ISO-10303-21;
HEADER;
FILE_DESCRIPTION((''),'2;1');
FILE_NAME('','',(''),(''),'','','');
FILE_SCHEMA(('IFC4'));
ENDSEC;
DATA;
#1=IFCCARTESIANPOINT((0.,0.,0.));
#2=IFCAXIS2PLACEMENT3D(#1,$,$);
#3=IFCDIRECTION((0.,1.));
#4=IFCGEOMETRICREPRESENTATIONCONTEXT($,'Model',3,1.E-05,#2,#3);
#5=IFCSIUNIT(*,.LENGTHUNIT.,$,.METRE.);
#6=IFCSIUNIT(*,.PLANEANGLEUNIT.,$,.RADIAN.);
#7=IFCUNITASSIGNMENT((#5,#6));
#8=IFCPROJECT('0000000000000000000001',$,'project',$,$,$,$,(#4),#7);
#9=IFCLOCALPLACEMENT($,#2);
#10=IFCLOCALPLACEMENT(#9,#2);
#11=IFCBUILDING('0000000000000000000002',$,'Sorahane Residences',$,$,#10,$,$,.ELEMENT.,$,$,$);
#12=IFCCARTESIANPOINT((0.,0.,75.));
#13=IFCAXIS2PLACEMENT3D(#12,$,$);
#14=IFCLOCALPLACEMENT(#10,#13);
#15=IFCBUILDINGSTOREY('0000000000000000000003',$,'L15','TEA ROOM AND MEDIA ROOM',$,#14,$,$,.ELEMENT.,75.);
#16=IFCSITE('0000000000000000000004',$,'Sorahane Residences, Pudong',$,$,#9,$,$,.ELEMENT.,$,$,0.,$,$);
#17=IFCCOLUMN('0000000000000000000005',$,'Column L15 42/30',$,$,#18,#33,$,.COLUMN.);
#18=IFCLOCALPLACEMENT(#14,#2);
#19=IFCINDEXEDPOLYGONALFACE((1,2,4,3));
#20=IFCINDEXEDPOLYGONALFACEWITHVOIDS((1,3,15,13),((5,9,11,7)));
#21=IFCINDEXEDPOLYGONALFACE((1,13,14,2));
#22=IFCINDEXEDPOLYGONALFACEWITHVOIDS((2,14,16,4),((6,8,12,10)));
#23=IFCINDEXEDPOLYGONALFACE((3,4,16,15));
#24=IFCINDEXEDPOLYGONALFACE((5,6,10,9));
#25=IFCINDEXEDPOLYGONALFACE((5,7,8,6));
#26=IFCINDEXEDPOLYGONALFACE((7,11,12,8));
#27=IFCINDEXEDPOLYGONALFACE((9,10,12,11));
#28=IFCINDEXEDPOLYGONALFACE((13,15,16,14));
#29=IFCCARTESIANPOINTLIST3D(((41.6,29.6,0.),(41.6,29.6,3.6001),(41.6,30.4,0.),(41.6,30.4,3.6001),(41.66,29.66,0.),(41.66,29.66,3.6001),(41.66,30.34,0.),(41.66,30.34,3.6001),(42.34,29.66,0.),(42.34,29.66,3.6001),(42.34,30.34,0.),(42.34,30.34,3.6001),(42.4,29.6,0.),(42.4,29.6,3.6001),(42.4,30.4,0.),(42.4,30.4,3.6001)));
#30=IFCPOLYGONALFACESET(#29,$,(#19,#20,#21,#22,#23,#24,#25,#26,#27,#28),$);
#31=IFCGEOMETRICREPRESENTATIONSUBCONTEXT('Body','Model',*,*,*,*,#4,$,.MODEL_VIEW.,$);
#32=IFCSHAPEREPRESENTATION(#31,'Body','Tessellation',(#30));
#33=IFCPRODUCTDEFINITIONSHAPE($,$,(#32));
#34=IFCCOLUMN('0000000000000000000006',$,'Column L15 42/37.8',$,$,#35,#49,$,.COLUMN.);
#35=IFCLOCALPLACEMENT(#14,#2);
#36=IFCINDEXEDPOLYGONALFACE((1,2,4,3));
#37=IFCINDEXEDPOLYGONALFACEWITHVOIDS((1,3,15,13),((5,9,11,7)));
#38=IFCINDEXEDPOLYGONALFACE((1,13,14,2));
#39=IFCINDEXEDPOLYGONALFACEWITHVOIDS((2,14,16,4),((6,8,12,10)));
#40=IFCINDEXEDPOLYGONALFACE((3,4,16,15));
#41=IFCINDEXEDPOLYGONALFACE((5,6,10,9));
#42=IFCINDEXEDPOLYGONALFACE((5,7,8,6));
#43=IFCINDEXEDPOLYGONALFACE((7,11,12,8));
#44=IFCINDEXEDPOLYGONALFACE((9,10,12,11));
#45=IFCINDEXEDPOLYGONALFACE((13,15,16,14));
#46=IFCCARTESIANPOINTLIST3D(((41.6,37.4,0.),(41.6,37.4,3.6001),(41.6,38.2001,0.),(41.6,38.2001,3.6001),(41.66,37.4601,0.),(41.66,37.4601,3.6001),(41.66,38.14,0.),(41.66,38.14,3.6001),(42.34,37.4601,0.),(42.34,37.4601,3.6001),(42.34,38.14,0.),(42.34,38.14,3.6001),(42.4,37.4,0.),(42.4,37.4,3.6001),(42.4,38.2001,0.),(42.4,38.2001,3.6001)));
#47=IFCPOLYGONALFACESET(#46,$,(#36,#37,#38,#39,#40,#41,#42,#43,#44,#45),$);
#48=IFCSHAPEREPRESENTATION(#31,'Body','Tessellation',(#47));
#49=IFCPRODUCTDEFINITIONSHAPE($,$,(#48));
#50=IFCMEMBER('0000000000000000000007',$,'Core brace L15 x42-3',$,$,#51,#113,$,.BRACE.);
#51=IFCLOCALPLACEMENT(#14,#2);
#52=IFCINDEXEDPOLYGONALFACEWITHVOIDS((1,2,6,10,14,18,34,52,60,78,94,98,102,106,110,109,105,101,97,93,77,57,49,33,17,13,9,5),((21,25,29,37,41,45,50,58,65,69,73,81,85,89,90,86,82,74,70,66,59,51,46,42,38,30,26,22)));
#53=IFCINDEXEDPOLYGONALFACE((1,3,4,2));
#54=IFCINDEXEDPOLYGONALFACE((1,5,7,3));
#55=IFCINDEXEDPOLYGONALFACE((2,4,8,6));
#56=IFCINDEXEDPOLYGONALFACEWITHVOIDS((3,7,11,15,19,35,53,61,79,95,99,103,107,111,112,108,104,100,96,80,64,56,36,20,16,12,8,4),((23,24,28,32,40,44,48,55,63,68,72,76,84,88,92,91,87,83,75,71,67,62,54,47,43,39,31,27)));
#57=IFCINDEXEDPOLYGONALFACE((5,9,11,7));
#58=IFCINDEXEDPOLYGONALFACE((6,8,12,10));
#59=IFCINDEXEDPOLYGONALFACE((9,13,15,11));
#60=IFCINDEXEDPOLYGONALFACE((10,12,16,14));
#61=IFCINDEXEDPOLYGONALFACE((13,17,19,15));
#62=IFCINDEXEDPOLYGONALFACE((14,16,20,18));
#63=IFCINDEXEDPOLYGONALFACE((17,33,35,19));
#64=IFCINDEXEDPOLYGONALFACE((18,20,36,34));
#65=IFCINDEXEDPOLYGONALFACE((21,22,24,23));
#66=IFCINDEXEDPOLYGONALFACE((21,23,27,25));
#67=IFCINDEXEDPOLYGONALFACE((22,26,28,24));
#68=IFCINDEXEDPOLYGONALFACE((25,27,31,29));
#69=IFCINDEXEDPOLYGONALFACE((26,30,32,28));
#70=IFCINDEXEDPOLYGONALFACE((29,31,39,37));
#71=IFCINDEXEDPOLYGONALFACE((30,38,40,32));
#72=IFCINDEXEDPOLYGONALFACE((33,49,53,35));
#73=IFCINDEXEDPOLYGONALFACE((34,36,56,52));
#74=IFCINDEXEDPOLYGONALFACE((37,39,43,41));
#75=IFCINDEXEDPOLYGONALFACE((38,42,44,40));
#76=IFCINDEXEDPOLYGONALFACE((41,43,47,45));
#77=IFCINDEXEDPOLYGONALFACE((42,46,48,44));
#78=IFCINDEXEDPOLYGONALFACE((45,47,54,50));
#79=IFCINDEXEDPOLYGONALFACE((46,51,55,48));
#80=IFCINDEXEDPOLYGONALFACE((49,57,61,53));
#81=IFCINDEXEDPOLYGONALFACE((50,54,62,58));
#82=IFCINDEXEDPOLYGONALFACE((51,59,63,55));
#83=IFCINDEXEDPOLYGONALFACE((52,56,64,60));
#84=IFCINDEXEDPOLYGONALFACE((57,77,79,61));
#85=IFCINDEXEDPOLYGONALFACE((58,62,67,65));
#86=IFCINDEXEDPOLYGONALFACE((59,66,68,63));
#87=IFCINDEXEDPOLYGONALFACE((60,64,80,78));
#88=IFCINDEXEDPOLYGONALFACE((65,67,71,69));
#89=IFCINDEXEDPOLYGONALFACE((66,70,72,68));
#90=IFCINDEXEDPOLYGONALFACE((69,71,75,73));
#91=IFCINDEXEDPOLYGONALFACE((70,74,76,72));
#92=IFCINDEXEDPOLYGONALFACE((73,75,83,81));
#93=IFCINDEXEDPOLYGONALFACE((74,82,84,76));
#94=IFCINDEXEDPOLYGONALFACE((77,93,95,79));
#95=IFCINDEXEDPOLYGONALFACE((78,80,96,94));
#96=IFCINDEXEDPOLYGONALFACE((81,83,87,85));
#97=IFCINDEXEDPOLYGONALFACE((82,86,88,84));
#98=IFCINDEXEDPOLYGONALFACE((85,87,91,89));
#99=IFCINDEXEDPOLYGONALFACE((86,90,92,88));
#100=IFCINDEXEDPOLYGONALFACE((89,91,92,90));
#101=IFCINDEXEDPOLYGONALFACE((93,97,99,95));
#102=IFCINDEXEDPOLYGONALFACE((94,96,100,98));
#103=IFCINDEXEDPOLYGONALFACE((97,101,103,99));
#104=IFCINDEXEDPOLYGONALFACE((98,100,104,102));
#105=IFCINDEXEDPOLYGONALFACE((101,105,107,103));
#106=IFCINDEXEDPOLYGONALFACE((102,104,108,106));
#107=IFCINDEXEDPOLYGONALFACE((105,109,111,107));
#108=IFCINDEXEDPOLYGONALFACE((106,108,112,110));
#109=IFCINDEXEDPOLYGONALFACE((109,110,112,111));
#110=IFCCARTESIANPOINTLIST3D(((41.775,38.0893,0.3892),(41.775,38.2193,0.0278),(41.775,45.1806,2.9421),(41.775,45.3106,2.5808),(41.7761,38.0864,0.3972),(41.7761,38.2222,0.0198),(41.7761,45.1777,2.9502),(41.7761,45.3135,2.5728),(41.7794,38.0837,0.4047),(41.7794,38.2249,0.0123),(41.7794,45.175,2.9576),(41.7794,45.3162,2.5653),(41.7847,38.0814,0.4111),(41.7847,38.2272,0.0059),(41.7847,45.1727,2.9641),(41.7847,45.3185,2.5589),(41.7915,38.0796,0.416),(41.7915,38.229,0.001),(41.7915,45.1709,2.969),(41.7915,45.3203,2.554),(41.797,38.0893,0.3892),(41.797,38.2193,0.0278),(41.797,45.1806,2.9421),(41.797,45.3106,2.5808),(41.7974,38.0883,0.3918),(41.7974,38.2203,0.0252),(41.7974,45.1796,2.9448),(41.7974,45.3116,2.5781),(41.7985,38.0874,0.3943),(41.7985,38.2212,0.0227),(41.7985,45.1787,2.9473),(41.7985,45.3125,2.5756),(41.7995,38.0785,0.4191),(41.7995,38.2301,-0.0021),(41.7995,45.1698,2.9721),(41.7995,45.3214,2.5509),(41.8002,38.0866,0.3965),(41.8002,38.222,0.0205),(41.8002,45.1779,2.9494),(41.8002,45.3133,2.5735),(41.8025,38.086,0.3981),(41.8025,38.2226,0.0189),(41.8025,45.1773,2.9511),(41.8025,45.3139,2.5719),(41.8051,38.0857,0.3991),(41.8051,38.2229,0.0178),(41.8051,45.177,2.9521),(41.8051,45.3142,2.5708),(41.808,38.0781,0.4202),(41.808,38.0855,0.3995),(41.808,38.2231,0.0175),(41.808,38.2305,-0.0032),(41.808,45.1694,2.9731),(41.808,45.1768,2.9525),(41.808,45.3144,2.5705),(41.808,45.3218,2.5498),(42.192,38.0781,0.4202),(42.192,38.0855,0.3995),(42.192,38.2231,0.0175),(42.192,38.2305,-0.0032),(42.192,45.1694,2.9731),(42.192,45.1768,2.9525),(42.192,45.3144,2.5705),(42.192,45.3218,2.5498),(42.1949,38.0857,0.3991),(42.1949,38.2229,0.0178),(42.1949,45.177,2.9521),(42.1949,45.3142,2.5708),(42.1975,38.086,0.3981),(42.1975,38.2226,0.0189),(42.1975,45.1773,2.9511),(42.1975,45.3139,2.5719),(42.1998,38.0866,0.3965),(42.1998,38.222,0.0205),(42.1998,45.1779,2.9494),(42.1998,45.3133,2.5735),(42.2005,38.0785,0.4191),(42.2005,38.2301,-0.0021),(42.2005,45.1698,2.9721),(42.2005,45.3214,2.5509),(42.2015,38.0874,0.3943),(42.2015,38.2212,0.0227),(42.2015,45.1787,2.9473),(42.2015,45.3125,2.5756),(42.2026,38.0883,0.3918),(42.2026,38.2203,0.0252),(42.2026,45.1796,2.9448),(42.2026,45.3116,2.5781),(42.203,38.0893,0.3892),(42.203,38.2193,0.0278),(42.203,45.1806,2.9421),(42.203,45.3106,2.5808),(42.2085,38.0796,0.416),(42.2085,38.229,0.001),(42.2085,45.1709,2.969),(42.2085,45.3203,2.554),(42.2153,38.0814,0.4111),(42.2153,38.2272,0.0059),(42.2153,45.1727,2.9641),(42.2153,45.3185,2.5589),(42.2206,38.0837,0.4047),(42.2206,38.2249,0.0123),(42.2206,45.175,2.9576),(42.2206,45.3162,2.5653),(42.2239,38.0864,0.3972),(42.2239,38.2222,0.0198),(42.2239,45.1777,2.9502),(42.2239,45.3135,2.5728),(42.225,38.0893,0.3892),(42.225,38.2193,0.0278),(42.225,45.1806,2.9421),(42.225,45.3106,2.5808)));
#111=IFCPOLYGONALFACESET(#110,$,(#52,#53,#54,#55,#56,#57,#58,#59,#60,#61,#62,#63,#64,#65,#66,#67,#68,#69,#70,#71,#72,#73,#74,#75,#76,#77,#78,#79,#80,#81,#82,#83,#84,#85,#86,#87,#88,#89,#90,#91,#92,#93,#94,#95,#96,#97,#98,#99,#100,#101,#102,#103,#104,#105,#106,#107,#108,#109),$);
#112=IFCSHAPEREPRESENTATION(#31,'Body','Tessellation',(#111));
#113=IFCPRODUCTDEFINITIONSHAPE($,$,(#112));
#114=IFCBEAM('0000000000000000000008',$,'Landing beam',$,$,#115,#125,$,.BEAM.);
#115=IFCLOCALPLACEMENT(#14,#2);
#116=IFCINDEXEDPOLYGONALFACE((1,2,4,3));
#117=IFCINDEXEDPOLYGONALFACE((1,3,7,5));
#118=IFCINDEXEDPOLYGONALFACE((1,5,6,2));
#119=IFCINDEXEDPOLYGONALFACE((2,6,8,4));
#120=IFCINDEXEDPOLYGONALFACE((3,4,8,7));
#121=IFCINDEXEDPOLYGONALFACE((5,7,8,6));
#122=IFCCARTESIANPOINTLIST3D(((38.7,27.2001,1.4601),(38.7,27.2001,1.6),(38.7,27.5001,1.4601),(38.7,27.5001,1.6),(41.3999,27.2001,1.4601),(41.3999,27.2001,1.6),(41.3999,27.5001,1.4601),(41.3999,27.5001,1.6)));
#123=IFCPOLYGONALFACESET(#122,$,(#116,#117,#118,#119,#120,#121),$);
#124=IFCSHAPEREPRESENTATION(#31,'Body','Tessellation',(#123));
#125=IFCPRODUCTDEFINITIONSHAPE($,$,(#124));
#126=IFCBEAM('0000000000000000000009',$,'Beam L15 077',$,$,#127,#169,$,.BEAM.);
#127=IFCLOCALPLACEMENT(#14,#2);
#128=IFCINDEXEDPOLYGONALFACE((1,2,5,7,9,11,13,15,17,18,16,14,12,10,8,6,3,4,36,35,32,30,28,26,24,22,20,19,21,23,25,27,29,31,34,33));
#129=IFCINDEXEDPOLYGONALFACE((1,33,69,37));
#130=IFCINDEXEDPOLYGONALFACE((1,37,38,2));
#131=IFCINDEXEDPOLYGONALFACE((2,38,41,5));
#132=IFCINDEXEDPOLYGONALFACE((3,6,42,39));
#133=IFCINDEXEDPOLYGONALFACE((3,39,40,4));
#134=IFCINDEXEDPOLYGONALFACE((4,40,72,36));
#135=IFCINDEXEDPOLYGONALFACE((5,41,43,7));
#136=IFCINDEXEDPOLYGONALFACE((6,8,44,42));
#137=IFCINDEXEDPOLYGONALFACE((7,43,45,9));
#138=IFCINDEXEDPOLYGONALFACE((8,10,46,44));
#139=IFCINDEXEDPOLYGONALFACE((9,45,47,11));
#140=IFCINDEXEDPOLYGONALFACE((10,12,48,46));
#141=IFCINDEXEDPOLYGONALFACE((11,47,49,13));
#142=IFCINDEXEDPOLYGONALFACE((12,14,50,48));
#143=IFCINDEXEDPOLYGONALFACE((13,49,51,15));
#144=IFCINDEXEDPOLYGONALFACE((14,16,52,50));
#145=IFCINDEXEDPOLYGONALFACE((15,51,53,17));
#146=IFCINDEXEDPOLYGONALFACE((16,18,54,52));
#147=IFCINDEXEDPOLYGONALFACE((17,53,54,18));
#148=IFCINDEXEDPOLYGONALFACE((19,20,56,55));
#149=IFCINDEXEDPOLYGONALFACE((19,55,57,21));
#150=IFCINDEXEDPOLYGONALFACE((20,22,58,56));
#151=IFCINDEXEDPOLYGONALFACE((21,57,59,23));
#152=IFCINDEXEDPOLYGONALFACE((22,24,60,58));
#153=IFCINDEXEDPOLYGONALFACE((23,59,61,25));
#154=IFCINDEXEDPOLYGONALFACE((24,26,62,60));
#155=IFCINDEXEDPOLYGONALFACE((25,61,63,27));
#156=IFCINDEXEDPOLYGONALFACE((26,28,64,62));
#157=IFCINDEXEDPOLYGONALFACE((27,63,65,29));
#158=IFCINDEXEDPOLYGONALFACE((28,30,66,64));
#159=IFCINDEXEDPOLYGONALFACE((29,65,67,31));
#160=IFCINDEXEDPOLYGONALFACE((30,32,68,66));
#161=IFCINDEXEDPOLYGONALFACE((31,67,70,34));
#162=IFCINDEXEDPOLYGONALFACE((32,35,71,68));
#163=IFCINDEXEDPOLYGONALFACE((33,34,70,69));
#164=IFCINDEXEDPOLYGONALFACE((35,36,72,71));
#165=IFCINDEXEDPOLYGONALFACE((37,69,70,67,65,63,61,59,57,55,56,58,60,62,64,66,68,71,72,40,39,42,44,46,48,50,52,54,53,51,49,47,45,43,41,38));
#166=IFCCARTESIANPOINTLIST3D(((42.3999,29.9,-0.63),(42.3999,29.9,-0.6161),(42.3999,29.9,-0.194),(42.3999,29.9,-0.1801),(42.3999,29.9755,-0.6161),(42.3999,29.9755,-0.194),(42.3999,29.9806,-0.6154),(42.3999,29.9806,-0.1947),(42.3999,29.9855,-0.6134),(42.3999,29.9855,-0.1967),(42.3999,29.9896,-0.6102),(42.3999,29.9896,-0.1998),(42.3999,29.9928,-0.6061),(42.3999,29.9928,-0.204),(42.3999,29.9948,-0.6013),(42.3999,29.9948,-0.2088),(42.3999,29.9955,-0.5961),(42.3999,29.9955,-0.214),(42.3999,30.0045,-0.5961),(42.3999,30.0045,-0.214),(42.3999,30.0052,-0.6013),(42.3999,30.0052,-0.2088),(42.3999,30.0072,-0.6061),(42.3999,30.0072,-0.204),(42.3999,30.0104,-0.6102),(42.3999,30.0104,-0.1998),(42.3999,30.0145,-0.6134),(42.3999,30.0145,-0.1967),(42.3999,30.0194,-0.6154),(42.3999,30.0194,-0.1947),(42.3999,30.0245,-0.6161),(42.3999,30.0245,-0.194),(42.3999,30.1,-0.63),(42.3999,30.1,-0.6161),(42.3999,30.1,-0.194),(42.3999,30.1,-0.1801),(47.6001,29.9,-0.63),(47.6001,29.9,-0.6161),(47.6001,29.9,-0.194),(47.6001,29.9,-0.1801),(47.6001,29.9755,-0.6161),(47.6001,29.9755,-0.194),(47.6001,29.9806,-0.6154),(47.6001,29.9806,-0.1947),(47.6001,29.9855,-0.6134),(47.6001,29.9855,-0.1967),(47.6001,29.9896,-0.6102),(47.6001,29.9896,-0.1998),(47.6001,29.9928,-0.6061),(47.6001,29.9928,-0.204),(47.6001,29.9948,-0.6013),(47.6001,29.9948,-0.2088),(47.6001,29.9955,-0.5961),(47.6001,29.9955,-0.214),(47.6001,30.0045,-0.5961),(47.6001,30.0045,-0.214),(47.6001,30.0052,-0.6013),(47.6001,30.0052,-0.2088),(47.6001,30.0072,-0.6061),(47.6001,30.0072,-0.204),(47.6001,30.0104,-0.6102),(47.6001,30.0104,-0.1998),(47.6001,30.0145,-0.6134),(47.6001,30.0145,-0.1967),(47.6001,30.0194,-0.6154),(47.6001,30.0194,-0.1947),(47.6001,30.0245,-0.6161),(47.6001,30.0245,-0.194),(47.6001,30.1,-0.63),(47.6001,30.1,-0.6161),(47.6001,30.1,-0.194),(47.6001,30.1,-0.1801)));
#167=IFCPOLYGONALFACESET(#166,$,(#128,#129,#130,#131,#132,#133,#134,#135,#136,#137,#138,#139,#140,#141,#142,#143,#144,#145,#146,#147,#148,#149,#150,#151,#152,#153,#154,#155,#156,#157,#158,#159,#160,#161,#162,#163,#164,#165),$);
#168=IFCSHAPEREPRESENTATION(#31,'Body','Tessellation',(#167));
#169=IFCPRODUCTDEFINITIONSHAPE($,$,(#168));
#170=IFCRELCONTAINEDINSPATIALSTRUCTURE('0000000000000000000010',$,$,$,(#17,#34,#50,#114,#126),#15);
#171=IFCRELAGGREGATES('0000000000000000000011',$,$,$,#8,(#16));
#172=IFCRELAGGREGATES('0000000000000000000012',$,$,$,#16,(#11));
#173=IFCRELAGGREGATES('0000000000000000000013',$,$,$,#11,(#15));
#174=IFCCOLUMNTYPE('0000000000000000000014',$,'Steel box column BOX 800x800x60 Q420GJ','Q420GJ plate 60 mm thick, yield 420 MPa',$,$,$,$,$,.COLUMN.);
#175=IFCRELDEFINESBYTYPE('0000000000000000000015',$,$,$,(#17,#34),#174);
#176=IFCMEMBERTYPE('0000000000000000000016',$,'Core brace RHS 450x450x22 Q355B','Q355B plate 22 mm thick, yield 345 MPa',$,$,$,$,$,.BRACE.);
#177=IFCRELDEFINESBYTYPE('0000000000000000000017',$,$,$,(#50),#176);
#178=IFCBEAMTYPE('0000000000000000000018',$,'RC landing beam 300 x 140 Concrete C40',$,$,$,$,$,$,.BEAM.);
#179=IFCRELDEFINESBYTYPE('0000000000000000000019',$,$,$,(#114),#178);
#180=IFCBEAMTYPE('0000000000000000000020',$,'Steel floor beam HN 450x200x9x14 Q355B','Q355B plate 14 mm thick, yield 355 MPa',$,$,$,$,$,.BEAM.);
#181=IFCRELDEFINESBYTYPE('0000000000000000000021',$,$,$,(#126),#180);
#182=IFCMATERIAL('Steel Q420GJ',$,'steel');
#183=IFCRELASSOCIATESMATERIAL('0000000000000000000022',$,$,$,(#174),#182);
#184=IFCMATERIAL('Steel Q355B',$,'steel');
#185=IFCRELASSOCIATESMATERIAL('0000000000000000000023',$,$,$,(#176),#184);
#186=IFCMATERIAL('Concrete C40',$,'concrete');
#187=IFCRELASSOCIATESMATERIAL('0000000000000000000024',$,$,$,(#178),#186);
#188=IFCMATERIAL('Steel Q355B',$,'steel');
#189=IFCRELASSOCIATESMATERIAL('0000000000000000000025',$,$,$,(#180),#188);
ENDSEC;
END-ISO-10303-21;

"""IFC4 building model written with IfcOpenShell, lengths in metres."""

from ifc_helpers import new_model, si_unit, direction, frame, origin, origin_2d, place, context, subcontext, project, spatial, rectangle, hollow_rectangle, i_section, extrude, material, material_profile, profile_set, type_object, element, save


model = new_model("IFC4")

# Units and contexts
model_context = context("Model", 3, precision=1e-05, world=origin(), true_north=direction((0.0, 1.0)))
body_context = subcontext(model_context, "Body", "Model", "MODEL_VIEW")
ifc_project = project(units=[si_unit("LENGTHUNIT", "METRE"), si_unit("PLANEANGLEUNIT", "RADIAN")], contexts=[model_context])

# Site, building, storey
site_placement = place(None, origin())
site = spatial("IfcSite", under=ifc_project, at=site_placement, Name="Sorahane Residences, Pudong", CompositionType="ELEMENT", RefElevation=0.0)
building_placement = place(site_placement, origin())
building = spatial("IfcBuilding", under=site, at=building_placement, Name="Sorahane Residences", CompositionType="ELEMENT")
storey_placement = place(building_placement, frame((0.0, 0.0, 75.0)))
storey = spatial("IfcBuildingStorey", under=building, at=storey_placement, Name="L15", Description="TEA ROOM AND MEDIA ROOM", CompositionType="ELEMENT", Elevation=75.0)

# Columns
ifc_material_1 = material(Name="Steel Q420GJ", Category="steel")
ifc_material_profile_1 = material_profile(ifc_material_1, hollow_rectangle(XDim=0.8, YDim=0.8, WallThickness=0.0601, at=origin_2d()), Name="BOX 800x800x60")
ifc_profile_set_1 = profile_set([ifc_material_profile_1], Name="Steel Q420GJ")
column_type = type_object("IfcColumnType", Name="Steel box column BOX 800x800x60 Q420GJ", Description="Q420GJ plate 60 mm thick, yield 420 MPa", PredefinedType="COLUMN", material=ifc_profile_set_1)
for number, where, z_axis, x_axis, name in (
    (1, (42.0, 30.0, 0.0), (0.0, 0.0, 1.0), (1.0, 0.0, 0.0), "Column L15 42/30"),
    (2, (42.0, 37.8, 0.0), (0.0, 0.0, 1.0), (1.0, 0.0, 0.0), "Column L15 42/37.8"),
):
    element("IfcColumn", number, at=place(storey_placement, frame(where, z_axis=z_axis, x_axis=x_axis)), inside=storey, type_object=column_type, Name=name, PredefinedType="COLUMN", context=body_context, shape_type="SweptSolid", body=[
        extrude(hollow_rectangle(XDim=0.8, YDim=0.8, WallThickness=0.0601, at=origin_2d()), origin(), (0.0, 0.0, 1.0), 3.6001),
    ])

# Member
ifc_material_2 = material(Name="Steel Q355B", Category="steel")
ifc_material_profile_2 = material_profile(ifc_material_2, hollow_rectangle(XDim=0.45, YDim=0.45, WallThickness=0.022, InnerFilletRadius=0.011, OuterFilletRadius=0.033, at=origin_2d()), Name="RHS 450x450x22")
ifc_profile_set_2 = profile_set([ifc_material_profile_2], Name="Steel Q355B")
member_type = type_object("IfcMemberType", Name="Core brace RHS 450x450x22 Q355B", Description="Q355B plate 22 mm thick, yield 345 MPa", PredefinedType="BRACE", material=ifc_profile_set_2)
member_placement = place(storey_placement, frame((42.0, 38.1543, 0.2085), z_axis=(0.0, 0.940883, 0.338732), x_axis=(-1.0, 0.0, 0.0)))
element("IfcMember", 3, at=member_placement, inside=storey, type_object=member_type, Name="Core brace L15 x42-3", PredefinedType="BRACE", context=body_context, shape_type="SweptSolid", body=[
    extrude(hollow_rectangle(XDim=0.45, YDim=0.45, WallThickness=0.022, InnerFilletRadius=0.011, OuterFilletRadius=0.033, at=origin_2d()), origin(), (0.0, 0.0, 1.0), 7.5369),
])

# Beams
ifc_material_3 = material(Name="Concrete C40", Category="concrete")
ifc_material_profile_3 = material_profile(ifc_material_3, rectangle(XDim=0.3, YDim=0.1399, at=origin_2d()), Name="300x140")
ifc_profile_set_3 = profile_set([ifc_material_profile_3], Name="Concrete C40")
beam_type_1 = type_object("IfcBeamType", Name="RC landing beam 300 x 140 Concrete C40", PredefinedType="BEAM", material=ifc_profile_set_3)
beam_1_placement = place(storey_placement, frame((38.7, 27.3501, 1.53), z_axis=(1.0, 0.0, 0.0), x_axis=(0.0, 1.0, 0.0)))
element("IfcBeam", 4, at=beam_1_placement, inside=storey, type_object=beam_type_1, Name="Landing beam", PredefinedType="BEAM", context=body_context, shape_type="SweptSolid", body=[
    extrude(rectangle(XDim=0.3, YDim=0.1399, at=origin_2d()), origin(), (0.0, 0.0, 1.0), 2.7),
])
ifc_material_4 = material(Name="Steel Q355B", Category="steel")
ifc_material_profile_4 = material_profile(ifc_material_4, i_section(OverallWidth=0.2, OverallDepth=0.45, WebThickness=0.009, FlangeThickness=0.0139, FilletRadius=0.02, at=origin_2d()), Name="HN 450x200x9x14")
ifc_profile_set_4 = profile_set([ifc_material_profile_4], Name="Steel Q355B")
beam_type_2 = type_object("IfcBeamType", Name="Steel floor beam HN 450x200x9x14 Q355B", Description="Q355B plate 14 mm thick, yield 355 MPa", PredefinedType="BEAM", material=ifc_profile_set_4)
beam_2_placement = place(storey_placement, frame((42.3999, 30.0, -0.405), z_axis=(1.0, 0.0, 0.0), x_axis=(0.0, 1.0, 0.0)))
element("IfcBeam", 5, at=beam_2_placement, inside=storey, type_object=beam_type_2, Name="Beam L15 077", PredefinedType="BEAM", context=body_context, shape_type="SweptSolid", body=[
    extrude(i_section(OverallWidth=0.2, OverallDepth=0.45, WebThickness=0.009, FlangeThickness=0.0139, FilletRadius=0.02, at=origin_2d()), origin(), (0.0, 0.0, 1.0), 5.2002),
])

save(model, "model.ifc")
